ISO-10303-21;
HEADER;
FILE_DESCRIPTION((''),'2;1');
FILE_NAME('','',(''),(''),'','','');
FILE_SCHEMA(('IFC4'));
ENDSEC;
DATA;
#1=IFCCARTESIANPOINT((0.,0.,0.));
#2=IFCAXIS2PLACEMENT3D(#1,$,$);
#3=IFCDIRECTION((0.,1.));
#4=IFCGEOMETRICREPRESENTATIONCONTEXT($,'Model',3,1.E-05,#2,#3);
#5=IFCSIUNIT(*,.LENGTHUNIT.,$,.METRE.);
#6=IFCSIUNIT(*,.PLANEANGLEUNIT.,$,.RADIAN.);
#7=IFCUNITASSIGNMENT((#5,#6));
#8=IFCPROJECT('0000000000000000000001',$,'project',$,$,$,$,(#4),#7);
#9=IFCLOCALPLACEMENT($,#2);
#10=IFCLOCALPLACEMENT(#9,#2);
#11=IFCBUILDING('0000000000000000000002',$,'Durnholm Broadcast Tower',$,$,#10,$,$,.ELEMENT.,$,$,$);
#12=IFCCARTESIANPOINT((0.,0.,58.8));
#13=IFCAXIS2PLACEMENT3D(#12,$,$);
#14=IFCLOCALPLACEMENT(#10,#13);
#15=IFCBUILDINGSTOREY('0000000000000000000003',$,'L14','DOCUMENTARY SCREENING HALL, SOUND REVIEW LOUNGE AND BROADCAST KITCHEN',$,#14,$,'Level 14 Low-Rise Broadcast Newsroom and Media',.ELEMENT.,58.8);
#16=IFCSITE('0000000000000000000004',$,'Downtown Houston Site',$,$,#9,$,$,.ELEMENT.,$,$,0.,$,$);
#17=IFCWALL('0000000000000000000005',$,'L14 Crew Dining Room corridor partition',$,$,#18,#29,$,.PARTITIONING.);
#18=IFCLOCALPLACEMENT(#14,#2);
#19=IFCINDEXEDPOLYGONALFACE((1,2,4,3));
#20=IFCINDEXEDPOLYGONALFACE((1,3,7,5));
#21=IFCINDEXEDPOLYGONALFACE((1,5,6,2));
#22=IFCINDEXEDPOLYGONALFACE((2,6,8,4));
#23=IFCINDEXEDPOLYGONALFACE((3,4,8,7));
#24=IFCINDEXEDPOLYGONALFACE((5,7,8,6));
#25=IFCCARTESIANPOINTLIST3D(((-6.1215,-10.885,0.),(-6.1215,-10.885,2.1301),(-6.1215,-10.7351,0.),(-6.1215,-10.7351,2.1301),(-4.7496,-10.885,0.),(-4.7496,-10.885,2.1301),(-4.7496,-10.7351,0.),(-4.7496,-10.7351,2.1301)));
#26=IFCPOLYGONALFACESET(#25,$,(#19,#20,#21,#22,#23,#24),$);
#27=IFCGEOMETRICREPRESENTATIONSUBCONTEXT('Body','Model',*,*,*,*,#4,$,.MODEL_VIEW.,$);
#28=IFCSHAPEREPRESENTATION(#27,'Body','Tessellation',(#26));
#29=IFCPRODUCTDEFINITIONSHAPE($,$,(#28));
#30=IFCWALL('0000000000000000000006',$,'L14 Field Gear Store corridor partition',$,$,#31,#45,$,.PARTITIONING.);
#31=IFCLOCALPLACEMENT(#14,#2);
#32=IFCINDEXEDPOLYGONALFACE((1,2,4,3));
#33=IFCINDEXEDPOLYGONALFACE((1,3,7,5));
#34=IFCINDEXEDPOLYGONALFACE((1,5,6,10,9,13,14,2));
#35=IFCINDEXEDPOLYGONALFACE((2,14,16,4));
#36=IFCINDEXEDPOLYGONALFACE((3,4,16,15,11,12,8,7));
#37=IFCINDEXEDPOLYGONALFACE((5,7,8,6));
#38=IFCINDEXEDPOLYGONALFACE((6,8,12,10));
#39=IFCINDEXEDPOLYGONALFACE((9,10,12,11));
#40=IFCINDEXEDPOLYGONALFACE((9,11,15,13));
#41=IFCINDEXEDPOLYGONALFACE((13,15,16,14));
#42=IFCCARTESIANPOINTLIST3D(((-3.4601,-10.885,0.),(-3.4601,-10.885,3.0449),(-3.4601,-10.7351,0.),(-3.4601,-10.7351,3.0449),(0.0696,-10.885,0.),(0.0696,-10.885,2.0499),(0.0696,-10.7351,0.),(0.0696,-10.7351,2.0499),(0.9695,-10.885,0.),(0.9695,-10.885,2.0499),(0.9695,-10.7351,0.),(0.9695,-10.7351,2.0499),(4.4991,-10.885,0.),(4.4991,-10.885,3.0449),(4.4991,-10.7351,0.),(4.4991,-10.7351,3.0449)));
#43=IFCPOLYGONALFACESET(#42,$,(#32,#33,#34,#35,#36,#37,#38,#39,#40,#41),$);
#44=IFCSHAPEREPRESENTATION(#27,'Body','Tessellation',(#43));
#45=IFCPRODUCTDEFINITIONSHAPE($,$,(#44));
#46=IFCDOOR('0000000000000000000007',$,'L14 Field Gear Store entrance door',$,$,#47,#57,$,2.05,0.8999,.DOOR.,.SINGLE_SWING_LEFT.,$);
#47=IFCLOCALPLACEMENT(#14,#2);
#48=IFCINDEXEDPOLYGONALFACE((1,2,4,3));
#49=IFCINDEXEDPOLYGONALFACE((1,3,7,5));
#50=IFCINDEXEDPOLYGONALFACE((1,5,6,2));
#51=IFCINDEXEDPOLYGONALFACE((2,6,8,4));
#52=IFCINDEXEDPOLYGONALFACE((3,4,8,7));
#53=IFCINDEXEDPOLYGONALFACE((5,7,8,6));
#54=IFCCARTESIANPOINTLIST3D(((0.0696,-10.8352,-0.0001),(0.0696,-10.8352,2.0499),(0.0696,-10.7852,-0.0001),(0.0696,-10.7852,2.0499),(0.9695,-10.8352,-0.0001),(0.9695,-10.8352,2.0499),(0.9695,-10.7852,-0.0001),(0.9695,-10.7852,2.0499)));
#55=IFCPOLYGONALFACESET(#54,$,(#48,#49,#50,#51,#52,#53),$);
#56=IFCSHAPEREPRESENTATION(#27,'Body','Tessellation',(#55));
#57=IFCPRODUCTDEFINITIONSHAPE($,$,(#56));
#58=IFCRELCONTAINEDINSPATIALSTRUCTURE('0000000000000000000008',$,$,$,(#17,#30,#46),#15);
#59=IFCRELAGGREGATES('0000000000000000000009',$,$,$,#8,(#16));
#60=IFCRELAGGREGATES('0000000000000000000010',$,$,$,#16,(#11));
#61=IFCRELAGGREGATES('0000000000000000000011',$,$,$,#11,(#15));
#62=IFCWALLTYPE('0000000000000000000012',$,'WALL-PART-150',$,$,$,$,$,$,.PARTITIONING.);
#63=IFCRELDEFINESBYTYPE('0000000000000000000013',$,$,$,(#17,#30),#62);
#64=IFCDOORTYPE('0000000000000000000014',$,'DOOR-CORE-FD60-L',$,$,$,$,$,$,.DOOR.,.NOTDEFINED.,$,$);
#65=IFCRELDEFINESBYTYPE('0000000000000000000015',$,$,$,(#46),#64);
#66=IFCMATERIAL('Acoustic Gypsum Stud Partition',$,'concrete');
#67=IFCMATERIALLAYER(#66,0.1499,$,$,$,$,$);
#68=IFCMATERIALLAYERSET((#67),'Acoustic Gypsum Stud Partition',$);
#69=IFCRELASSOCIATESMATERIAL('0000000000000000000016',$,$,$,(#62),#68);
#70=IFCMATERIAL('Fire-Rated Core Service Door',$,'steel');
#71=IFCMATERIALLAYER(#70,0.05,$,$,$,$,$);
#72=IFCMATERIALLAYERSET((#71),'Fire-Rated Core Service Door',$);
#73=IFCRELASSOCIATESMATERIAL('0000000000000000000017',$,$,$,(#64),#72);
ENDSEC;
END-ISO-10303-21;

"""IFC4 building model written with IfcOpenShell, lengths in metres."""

from ifc_helpers import new_model, si_unit, direction, frame, frame_2d, origin, place, context, subcontext, project, spatial, rectangle, extrude, source, transform, mapped, material, layer, layer_set, type_object, type_shapes, element, fill, save


model = new_model("IFC4")

# Units and contexts
model_context = context("Model", 3, precision=1e-05, world=origin(), true_north=direction((0.0, 1.0)))
body_context = subcontext(model_context, "Body", "Model", "MODEL_VIEW")
ifc_project = project(units=[si_unit("LENGTHUNIT", "METRE"), si_unit("PLANEANGLEUNIT", "RADIAN")], contexts=[model_context])

# Site, building, storey
site_placement = place(None, origin())
site = spatial("IfcSite", under=ifc_project, at=site_placement, Name="Downtown Houston Site", CompositionType="ELEMENT", RefElevation=0.0)
building_placement = place(site_placement, origin())
building = spatial("IfcBuilding", under=site, at=building_placement, Name="Durnholm Broadcast Tower", CompositionType="ELEMENT")
storey_placement = place(building_placement, frame((0.0, 0.0, 58.8)))
storey = spatial("IfcBuildingStorey", under=building, at=storey_placement, Name="L14", Description="DOCUMENTARY SCREENING HALL, SOUND REVIEW LOUNGE AND BROADCAST KITCHEN", LongName="Level 14 Low-Rise Broadcast Newsroom and Media", CompositionType="ELEMENT", Elevation=58.8)

# Shared definitions
ifc_material_1 = material(Name="Acoustic Gypsum Stud Partition", Category="concrete")
ifc_layer_1 = layer(ifc_material_1, 0.1499)
ifc_layer_set_1 = layer_set([ifc_layer_1], Name="Acoustic Gypsum Stud Partition")
wall_type_1 = type_object("IfcWallType", Name="WALL-PART-150", PredefinedType="PARTITIONING", material=ifc_layer_set_1)

# Wall
wall_1_placement = place(storey_placement, frame((-6.1216, -10.8101, 0.0), z_axis=(0.0, 0.0, 1.0), x_axis=(1.0, 0.0, 0.0)))
element("IfcWall", 1, at=wall_1_placement, inside=storey, type_object=wall_type_1, Name="L14 Crew Dining Room corridor partition", PredefinedType="PARTITIONING", context=body_context, shape_type="SweptSolid", body=[
    extrude(rectangle(XDim=1.3718, YDim=0.1499, at=frame_2d((0.686, 0.0))), origin(), (0.0, 0.0, 1.0), 2.1301),
])

# Wall, opening, door
wall_2_placement = place(storey_placement, frame((-3.46, -10.8101, 0.0), z_axis=(0.0, 0.0, 1.0), x_axis=(1.0, 0.0, 0.0)))
wall_2 = element("IfcWall", 2, at=wall_2_placement, inside=storey, type_object=wall_type_1, Name="L14 Field Gear Store corridor partition", PredefinedType="PARTITIONING", context=body_context, shape_type="SweptSolid", body=[
    extrude(rectangle(XDim=7.9592, YDim=0.1499, at=frame_2d((3.9795, 0.0))), origin(), (0.0, 0.0, 1.0), 3.0449),
])
opening_1_placement = place(wall_2_placement, frame((3.5295, 0.0, 0.0)))
opening_1 = element("IfcOpeningElement", 3, at=opening_1_placement, cuts=wall_2, PredefinedType="OPENING", context=body_context, shape_type="SweptSolid", body=[
    extrude(rectangle(XDim=0.8999, YDim=2.05, at=frame_2d((0.45, 1.0249))), frame((0.0, 0.085, 0.0), z_axis=(0.0, -1.0, 0.0), x_axis=(1.0, 0.0, 0.0)), (0.0, 0.0, 1.0), 0.1699),
])
ifc_material_2 = material(Name="Fire-Rated Core Service Door", Category="steel")
ifc_layer_2 = layer(ifc_material_2, 0.05)
ifc_layer_set_2 = layer_set([ifc_layer_2], Name="Fire-Rated Core Service Door")
door_type_1 = type_object("IfcDoorType", Name="DOOR-CORE-FD60-L", OperationType="NOTDEFINED", PredefinedType="DOOR", material=ifc_layer_set_2)
shared_shape_1 = source(origin(), body_context, "Body", "SweptSolid", [
    extrude(rectangle(XDim=0.8999, YDim=2.05, at=frame_2d((0.45, 1.0249))), frame((0.0, 0.0249, 0.0), z_axis=(0.0, -1.0, 0.0), x_axis=(1.0, 0.0, 0.0)), (0.0, 0.0, 1.0), 0.05),
])
type_shapes(door_type_1, [shared_shape_1])
door_1_placement = place(opening_1_placement, origin())
door_1 = element("IfcDoor", 4, at=door_1_placement, inside=storey, type_object=door_type_1, Name="L14 Field Gear Store entrance door", OperationType="SINGLE_SWING_LEFT", OverallHeight=2.05, OverallWidth=0.8999, PredefinedType="DOOR", context=body_context, shape_type="MappedRepresentation", body=[
    mapped(shared_shape_1, transform((0.0, 0.0, 0.0), x_axis=(1.0, 0.0, 0.0), y_axis=(0.0, 1.0, 0.0), z_axis=(0.0, 0.0, 1.0), scale=1.0)),
])
fill(opening_1, door_1)

save(model, "model.ifc")
